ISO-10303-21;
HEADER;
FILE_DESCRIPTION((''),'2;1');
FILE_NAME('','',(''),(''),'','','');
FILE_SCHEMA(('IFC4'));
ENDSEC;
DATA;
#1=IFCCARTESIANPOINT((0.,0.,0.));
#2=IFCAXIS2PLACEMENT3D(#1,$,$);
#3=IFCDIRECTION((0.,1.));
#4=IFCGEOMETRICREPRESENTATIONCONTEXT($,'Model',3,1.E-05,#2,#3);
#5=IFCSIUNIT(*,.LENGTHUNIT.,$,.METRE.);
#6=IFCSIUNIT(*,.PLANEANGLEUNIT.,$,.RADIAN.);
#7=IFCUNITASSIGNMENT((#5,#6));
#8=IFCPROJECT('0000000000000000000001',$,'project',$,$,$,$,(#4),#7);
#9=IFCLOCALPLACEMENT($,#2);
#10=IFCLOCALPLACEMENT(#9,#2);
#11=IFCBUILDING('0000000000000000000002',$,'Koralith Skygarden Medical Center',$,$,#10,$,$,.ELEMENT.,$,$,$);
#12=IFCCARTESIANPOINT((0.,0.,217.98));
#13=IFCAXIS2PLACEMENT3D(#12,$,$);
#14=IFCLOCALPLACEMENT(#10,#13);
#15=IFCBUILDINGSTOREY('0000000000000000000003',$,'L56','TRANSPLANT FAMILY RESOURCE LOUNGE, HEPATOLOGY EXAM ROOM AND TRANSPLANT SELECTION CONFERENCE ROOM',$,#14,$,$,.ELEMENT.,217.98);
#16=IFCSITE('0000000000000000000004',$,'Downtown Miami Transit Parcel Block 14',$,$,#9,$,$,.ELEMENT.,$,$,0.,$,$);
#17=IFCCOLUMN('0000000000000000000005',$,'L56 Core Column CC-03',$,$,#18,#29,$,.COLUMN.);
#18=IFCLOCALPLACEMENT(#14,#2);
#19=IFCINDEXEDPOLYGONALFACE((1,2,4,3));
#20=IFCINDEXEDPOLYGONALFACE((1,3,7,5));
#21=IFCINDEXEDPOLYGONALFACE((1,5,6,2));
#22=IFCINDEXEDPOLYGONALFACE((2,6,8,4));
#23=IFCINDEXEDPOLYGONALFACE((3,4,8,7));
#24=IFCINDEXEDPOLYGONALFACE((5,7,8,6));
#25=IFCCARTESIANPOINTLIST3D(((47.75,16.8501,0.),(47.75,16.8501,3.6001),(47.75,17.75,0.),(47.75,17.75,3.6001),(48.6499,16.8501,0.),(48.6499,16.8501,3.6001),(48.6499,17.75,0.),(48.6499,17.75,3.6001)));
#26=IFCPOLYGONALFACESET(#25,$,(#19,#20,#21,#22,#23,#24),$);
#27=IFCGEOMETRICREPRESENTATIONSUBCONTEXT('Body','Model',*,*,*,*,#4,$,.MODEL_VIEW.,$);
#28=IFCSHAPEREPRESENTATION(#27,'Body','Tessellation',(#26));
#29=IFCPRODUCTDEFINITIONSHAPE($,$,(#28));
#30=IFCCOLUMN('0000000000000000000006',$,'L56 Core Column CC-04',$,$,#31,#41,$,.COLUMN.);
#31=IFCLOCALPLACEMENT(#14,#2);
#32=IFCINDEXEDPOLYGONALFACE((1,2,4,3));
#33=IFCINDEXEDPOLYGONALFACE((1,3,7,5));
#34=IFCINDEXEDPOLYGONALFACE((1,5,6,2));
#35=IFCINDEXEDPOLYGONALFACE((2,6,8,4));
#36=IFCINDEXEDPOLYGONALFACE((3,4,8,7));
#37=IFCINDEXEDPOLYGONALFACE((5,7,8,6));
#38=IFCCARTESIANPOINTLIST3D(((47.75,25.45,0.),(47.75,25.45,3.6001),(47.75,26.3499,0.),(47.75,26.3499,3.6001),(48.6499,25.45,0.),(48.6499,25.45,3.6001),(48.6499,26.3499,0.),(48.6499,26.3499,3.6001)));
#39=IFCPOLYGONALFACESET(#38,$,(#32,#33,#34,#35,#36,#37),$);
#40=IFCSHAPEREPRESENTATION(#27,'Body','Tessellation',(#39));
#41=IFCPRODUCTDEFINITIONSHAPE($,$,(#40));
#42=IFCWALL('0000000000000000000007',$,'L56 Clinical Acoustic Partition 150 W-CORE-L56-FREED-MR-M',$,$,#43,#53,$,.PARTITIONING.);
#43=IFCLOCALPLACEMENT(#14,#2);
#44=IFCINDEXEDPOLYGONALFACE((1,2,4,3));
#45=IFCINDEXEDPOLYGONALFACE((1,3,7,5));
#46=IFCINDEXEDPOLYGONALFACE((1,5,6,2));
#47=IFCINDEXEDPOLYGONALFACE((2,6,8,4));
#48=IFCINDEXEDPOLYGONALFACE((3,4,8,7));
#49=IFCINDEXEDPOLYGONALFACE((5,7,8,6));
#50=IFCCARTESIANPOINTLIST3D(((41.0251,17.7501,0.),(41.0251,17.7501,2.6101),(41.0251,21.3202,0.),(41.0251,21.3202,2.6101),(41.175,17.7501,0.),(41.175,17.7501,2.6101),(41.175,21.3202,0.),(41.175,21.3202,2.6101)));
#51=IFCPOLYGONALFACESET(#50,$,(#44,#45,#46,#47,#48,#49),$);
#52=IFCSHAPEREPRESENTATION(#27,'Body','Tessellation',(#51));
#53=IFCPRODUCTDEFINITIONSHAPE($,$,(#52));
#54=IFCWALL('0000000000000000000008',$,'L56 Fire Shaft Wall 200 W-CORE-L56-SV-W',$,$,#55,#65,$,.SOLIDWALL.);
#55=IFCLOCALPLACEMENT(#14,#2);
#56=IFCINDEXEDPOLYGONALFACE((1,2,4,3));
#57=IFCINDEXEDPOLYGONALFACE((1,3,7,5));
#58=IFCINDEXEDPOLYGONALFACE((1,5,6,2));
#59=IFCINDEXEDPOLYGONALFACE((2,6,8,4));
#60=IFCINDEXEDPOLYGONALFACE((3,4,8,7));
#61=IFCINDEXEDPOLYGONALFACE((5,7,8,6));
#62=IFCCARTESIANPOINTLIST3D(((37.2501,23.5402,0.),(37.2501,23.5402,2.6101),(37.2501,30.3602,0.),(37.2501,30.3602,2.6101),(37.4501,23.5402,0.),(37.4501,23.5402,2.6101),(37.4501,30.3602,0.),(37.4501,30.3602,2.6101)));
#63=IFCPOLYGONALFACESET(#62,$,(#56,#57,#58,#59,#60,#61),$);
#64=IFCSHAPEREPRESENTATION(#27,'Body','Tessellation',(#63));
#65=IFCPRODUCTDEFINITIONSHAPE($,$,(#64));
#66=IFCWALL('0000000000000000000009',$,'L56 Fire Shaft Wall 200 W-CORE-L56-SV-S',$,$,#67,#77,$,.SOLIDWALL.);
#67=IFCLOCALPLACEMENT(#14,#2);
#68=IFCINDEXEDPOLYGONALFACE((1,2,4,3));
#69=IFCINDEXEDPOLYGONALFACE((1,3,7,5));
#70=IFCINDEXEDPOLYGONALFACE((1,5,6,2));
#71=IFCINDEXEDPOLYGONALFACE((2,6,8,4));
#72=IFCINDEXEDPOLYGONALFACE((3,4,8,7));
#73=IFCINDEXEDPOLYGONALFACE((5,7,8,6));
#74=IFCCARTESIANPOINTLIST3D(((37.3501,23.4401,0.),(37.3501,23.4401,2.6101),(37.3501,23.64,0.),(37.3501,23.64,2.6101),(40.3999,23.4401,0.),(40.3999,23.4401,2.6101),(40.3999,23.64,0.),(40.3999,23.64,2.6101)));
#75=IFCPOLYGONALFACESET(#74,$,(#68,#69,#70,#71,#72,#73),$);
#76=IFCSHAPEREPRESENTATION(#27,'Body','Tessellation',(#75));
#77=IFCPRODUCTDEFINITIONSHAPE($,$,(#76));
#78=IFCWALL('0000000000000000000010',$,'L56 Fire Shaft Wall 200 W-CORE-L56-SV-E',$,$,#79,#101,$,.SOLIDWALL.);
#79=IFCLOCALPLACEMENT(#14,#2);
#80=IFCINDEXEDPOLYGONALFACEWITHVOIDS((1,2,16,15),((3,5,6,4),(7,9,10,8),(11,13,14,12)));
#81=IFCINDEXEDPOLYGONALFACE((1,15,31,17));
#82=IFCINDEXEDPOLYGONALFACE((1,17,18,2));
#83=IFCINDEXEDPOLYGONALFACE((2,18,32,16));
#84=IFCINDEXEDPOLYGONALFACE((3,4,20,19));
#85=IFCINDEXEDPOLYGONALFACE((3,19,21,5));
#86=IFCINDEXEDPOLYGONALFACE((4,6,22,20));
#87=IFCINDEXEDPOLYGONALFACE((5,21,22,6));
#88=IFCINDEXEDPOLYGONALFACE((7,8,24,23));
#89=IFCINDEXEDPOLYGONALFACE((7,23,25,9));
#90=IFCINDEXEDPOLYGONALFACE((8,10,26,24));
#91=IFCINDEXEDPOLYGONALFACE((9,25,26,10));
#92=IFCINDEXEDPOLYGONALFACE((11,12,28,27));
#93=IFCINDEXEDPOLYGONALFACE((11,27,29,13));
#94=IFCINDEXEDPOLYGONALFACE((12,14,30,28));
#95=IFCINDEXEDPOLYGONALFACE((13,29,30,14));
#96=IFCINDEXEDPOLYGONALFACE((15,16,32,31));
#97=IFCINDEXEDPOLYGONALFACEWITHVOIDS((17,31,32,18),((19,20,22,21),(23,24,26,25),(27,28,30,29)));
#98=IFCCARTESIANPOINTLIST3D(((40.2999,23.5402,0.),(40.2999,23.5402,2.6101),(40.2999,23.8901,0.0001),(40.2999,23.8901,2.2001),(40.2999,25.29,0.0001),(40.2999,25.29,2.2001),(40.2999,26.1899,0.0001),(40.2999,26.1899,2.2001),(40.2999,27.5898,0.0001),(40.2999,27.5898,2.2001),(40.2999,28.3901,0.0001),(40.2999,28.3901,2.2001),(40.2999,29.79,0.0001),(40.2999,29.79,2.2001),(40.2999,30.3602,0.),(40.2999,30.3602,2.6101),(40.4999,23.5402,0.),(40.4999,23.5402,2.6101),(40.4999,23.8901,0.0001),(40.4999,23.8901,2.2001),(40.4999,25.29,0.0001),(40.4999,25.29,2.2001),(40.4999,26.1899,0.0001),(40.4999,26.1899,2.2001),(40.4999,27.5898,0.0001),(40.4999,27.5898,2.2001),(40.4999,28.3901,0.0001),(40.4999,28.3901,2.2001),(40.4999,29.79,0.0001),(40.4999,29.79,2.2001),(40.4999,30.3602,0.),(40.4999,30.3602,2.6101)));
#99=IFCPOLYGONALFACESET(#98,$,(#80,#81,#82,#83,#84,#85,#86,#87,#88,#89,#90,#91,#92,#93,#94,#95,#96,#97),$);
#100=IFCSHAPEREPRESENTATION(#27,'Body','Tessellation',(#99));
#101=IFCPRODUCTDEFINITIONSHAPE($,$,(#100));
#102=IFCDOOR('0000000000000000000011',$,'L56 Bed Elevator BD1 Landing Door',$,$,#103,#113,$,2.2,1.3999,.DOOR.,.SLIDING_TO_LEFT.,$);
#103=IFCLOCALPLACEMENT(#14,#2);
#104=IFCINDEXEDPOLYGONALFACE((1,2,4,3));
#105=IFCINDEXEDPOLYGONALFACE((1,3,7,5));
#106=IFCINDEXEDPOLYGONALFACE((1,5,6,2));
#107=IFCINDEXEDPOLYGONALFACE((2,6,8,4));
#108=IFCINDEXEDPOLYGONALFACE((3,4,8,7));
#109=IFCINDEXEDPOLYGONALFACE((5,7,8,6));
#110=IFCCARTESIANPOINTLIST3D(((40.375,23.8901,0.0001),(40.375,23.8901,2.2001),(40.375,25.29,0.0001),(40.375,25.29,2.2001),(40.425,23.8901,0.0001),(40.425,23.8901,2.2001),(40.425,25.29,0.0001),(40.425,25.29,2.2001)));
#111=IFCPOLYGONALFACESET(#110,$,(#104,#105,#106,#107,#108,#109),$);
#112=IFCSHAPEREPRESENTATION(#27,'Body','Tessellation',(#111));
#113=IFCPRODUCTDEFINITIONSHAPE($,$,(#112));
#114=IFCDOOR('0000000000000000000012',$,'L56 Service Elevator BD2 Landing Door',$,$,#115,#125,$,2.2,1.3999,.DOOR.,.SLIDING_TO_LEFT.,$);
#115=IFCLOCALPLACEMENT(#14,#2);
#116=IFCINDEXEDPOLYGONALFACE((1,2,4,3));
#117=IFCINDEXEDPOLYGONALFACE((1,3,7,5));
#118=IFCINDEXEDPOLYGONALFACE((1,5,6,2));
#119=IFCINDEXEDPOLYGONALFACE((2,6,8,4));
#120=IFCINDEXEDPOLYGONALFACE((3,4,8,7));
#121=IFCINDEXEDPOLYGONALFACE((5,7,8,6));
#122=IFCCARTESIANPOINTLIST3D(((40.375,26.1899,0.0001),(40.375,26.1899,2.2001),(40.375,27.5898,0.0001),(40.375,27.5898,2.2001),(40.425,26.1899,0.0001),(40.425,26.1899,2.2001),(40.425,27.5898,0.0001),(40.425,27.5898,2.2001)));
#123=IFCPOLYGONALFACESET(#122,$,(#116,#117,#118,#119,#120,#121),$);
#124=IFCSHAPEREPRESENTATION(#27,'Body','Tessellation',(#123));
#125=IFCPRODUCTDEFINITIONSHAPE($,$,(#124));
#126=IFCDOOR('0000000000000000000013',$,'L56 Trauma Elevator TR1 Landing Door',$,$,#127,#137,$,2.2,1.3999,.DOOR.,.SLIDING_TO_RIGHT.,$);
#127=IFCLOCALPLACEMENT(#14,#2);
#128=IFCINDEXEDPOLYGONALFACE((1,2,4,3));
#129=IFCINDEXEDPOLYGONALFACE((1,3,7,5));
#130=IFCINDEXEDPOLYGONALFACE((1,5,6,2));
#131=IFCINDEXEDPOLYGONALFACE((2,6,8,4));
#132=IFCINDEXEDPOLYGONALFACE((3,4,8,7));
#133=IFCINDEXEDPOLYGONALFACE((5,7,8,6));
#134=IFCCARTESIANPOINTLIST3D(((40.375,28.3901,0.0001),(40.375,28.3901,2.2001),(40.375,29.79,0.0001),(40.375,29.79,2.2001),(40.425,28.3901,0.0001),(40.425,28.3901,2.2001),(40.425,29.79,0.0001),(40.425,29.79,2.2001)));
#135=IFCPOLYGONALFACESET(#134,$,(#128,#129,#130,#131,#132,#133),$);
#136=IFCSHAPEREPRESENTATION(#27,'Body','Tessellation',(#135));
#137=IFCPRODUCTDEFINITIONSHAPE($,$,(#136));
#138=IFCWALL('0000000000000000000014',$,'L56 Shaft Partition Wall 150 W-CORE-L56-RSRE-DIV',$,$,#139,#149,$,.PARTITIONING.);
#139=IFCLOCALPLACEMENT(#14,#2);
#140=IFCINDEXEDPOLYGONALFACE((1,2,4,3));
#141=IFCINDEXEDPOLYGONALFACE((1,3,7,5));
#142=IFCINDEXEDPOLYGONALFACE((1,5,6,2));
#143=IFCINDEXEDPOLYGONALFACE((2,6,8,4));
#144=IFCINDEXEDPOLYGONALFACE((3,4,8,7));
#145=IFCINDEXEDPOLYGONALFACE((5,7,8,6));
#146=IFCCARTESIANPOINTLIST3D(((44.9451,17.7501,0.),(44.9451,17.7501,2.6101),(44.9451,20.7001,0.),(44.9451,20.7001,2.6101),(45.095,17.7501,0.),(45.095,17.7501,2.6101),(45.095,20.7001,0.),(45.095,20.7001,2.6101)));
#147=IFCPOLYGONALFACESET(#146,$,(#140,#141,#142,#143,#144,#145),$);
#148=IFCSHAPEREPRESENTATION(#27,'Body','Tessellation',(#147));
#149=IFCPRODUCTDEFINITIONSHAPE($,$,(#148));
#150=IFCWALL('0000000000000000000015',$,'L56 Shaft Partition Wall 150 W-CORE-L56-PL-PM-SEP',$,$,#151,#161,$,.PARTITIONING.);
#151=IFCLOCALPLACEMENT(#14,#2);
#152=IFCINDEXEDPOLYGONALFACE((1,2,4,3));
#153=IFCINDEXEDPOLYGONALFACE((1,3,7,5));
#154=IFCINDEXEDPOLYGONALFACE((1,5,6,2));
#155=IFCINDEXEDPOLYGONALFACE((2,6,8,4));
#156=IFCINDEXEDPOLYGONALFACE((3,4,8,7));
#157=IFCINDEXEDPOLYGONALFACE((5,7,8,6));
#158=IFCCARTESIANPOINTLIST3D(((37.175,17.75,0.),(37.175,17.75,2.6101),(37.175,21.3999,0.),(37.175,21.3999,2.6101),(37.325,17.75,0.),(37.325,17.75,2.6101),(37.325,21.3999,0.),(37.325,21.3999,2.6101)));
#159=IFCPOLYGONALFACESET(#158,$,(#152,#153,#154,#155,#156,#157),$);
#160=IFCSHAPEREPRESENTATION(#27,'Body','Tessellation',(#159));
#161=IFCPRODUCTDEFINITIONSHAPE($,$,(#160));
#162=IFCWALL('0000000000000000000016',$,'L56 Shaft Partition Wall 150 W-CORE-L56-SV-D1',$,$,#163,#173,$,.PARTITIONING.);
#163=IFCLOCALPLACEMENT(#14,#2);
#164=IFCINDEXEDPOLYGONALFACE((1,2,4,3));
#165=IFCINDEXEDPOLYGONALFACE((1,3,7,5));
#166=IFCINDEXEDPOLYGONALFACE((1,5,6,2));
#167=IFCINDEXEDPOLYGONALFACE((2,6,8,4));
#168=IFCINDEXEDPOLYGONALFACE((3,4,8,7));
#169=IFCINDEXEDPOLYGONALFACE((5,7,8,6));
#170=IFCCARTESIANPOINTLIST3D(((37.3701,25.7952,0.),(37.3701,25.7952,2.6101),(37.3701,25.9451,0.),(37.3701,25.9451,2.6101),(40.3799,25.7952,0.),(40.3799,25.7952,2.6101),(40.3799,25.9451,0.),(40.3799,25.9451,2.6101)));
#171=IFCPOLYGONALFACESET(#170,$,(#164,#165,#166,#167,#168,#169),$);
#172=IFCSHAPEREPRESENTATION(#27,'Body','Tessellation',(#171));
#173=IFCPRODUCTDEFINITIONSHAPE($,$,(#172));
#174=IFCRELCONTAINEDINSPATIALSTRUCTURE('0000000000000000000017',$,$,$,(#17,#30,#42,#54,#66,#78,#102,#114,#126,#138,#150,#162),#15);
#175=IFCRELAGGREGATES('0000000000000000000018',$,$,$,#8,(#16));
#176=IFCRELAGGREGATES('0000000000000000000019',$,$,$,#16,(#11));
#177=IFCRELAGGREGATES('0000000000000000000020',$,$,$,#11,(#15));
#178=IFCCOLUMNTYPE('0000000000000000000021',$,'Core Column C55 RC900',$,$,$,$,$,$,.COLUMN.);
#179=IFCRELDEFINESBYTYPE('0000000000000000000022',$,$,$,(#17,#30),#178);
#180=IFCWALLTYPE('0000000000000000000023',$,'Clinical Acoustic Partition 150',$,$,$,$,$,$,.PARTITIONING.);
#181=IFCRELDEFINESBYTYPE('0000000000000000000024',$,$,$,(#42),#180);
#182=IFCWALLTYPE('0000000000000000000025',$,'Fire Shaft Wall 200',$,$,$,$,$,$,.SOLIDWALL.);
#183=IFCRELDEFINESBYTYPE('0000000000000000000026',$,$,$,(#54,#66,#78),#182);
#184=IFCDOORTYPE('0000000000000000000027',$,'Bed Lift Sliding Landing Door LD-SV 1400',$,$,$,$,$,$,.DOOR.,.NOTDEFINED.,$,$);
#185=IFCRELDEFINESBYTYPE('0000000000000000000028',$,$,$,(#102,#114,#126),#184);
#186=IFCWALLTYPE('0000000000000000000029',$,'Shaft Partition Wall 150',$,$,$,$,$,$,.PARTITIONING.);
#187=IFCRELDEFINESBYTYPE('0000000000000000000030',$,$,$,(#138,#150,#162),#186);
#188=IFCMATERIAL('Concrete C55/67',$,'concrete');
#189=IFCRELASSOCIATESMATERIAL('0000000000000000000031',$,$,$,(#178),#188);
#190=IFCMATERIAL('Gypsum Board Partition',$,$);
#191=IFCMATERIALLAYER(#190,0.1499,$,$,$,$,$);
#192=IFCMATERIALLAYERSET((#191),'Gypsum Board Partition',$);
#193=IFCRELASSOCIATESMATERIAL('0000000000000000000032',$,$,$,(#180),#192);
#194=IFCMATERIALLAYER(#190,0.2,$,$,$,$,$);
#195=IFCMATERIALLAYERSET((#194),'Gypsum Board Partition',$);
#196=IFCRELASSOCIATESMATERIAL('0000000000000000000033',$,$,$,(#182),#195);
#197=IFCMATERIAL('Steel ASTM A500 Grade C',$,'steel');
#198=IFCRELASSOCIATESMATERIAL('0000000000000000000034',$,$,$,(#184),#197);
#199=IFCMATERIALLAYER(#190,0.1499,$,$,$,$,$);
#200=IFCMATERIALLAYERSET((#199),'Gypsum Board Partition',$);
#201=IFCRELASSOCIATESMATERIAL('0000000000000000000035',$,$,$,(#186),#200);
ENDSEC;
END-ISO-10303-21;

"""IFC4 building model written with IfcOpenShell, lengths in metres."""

from ifc_helpers import new_model, si_unit, direction, frame, frame_2d, origin, origin_2d, place, context, subcontext, project, spatial, rectangle, extrude, material, layer, layer_set, material_profile, profile_set, type_object, element, fill, save


model = new_model("IFC4")

# Units and contexts
model_context = context("Model", 3, precision=1e-05, world=origin(), true_north=direction((0.0, 1.0)))
body_context = subcontext(model_context, "Body", "Model", "MODEL_VIEW")
ifc_project = project(units=[si_unit("LENGTHUNIT", "METRE"), si_unit("PLANEANGLEUNIT", "RADIAN")], contexts=[model_context])

# Site, building, storey
site_placement = place(None, origin())
site = spatial("IfcSite", under=ifc_project, at=site_placement, Name="Downtown Miami Transit Parcel Block 14", CompositionType="ELEMENT", RefElevation=0.0)
building_placement = place(site_placement, origin())
building = spatial("IfcBuilding", under=site, at=building_placement, Name="Koralith Skygarden Medical Center", CompositionType="ELEMENT")
storey_placement = place(building_placement, frame((0.0, 0.0, 217.98)))
storey = spatial("IfcBuildingStorey", under=building, at=storey_placement, Name="L56", Description="TRANSPLANT FAMILY RESOURCE LOUNGE, HEPATOLOGY EXAM ROOM AND TRANSPLANT SELECTION CONFERENCE ROOM", CompositionType="ELEMENT", Elevation=217.98)

# Columns
ifc_material_1 = material(Name="Concrete C55/67", Category="concrete")
ifc_material_profile = material_profile(ifc_material_1, rectangle(XDim=0.8999, YDim=0.8999, at=origin_2d()), Name="RC900X900")
ifc_profile_set = profile_set([ifc_material_profile], Name="Concrete C55/67")
column_type = type_object("IfcColumnType", Name="Core Column C55 RC900", PredefinedType="COLUMN", material=ifc_profile_set)
for number, where, z_axis, x_axis, name in (
    (1, (48.2, 17.3, 0.0), (0.0, 0.0, 1.0), (1.0, 0.0, 0.0), "L56 Core Column CC-03"),
    (2, (48.2, 25.8999, 0.0), (0.0, 0.0, 1.0), (1.0, 0.0, 0.0), "L56 Core Column CC-04"),
):
    element("IfcColumn", number, at=place(storey_placement, frame(where, z_axis=z_axis, x_axis=x_axis)), inside=storey, type_object=column_type, Name=name, PredefinedType="COLUMN", context=body_context, shape_type="SweptSolid", body=[
        extrude(rectangle(XDim=0.8999, YDim=0.8999, at=origin_2d()), origin(), (0.0, 0.0, 1.0), 3.6001),
    ])

# Shared definitions
ifc_material_2 = material(Name="Gypsum Board Partition")
ifc_layer_1 = layer(ifc_material_2, 0.1499)
ifc_layer_set_1 = layer_set([ifc_layer_1], Name="Gypsum Board Partition")
wall_type_1 = type_object("IfcWallType", Name="Clinical Acoustic Partition 150", PredefinedType="PARTITIONING", material=ifc_layer_set_1)

# Wall
wall_1_placement = place(storey_placement, frame((41.1001, 17.75, 0.0), z_axis=(0.0, 0.0, 1.0), x_axis=(0.0, 1.0, 0.0)))
element("IfcWall", 3, at=wall_1_placement, inside=storey, type_object=wall_type_1, Name="L56 Clinical Acoustic Partition 150 W-CORE-L56-FREED-MR-M", PredefinedType="PARTITIONING", context=body_context, shape_type="SweptSolid", body=[
    extrude(rectangle(XDim=3.5701, YDim=0.1499, at=frame_2d((1.7852, 0.0))), origin(), (0.0, 0.0, 1.0), 2.6101),
])

# Shared definitions
ifc_layer_2 = layer(ifc_material_2, 0.2)
ifc_layer_set_2 = layer_set([ifc_layer_2], Name="Gypsum Board Partition")
wall_type_2 = type_object("IfcWallType", Name="Fire Shaft Wall 200", PredefinedType="SOLIDWALL", material=ifc_layer_set_2)
ifc_material_3 = material(Name="Steel ASTM A500 Grade C", Category="steel")

# Walls
wall_2_placement = place(storey_placement, frame((37.3501, 23.54, 0.0), z_axis=(0.0, 0.0, 1.0), x_axis=(0.0, 1.0, 0.0)))
element("IfcWall", 4, at=wall_2_placement, inside=storey, type_object=wall_type_2, Name="L56 Fire Shaft Wall 200 W-CORE-L56-SV-W", PredefinedType="SOLIDWALL", context=body_context, shape_type="SweptSolid", body=[
    extrude(rectangle(XDim=6.8201, YDim=0.2, at=frame_2d((3.4102, 0.0))), origin(), (0.0, 0.0, 1.0), 2.6101),
])
wall_3_placement = place(storey_placement, frame((37.3501, 23.54, 0.0), z_axis=(0.0, 0.0, 1.0), x_axis=(1.0, 0.0, 0.0)))
element("IfcWall", 5, at=wall_3_placement, inside=storey, type_object=wall_type_2, Name="L56 Fire Shaft Wall 200 W-CORE-L56-SV-S", PredefinedType="SOLIDWALL", context=body_context, shape_type="SweptSolid", body=[
    extrude(rectangle(XDim=3.0498, YDim=0.2, at=frame_2d((1.5249, 0.0))), origin(), (0.0, 0.0, 1.0), 2.6101),
])

# Wall, openings, doors
wall_4_placement = place(storey_placement, frame((40.3999, 23.54, 0.0), z_axis=(0.0, 0.0, 1.0), x_axis=(0.0, 1.0, 0.0)))
wall_4 = element("IfcWall", 6, at=wall_4_placement, inside=storey, type_object=wall_type_2, Name="L56 Fire Shaft Wall 200 W-CORE-L56-SV-E", PredefinedType="SOLIDWALL", context=body_context, shape_type="SweptSolid", body=[
    extrude(rectangle(XDim=6.8201, YDim=0.2, at=frame_2d((3.4102, 0.0))), origin(), (0.0, 0.0, 1.0), 2.6101),
])
opening_1_placement = place(wall_4_placement, frame((0.3501, 0.0, 0.0)))
opening_1 = element("IfcOpeningElement", 7, at=opening_1_placement, cuts=wall_4, PredefinedType="OPENING", context=body_context, shape_type="SweptSolid", body=[
    extrude(rectangle(XDim=1.3999, YDim=2.2, at=frame_2d((0.7, 1.1001))), frame((0.0, 0.1099, 0.0), z_axis=(0.0, -1.0, 0.0), x_axis=(1.0, 0.0, 0.0)), (0.0, 0.0, 1.0), 0.22),
])
opening_2_placement = place(wall_4_placement, frame((2.6499, 0.0, 0.0)))
opening_2 = element("IfcOpeningElement", 8, at=opening_2_placement, cuts=wall_4, PredefinedType="OPENING", context=body_context, shape_type="SweptSolid", body=[
    extrude(rectangle(XDim=1.3999, YDim=2.2, at=frame_2d((0.7, 1.1001))), frame((0.0, 0.1099, 0.0), z_axis=(0.0, -1.0, 0.0), x_axis=(1.0, 0.0, 0.0)), (0.0, 0.0, 1.0), 0.22),
])
opening_3_placement = place(wall_4_placement, frame((4.8501, 0.0, 0.0)))
opening_3 = element("IfcOpeningElement", 9, at=opening_3_placement, cuts=wall_4, PredefinedType="OPENING", context=body_context, shape_type="SweptSolid", body=[
    extrude(rectangle(XDim=1.3999, YDim=2.2, at=frame_2d((0.7, 1.1001))), frame((0.0, 0.1099, 0.0), z_axis=(0.0, -1.0, 0.0), x_axis=(1.0, 0.0, 0.0)), (0.0, 0.0, 1.0), 0.22),
])
door_type_1 = type_object("IfcDoorType", Name="Bed Lift Sliding Landing Door LD-SV 1400", OperationType="NOTDEFINED", PredefinedType="DOOR", material=ifc_material_3)
door_1_placement = place(opening_1_placement, origin())
door_1 = element("IfcDoor", 10, at=door_1_placement, inside=storey, type_object=door_type_1, Name="L56 Bed Elevator BD1 Landing Door", OperationType="SLIDING_TO_LEFT", OverallHeight=2.2, OverallWidth=1.3999, PredefinedType="DOOR", context=body_context, shape_type="SweptSolid", body=[
    extrude(rectangle(XDim=1.3999, YDim=2.2, at=frame_2d((0.7, 1.1001))), frame((0.0, 0.0249, 0.0), z_axis=(0.0, -1.0, 0.0), x_axis=(1.0, 0.0, 0.0)), (0.0, 0.0, 1.0), 0.05),
])
fill(opening_1, door_1)
door_2_placement = place(opening_2_placement, origin())
door_2 = element("IfcDoor", 11, at=door_2_placement, inside=storey, type_object=door_type_1, Name="L56 Service Elevator BD2 Landing Door", OperationType="SLIDING_TO_LEFT", OverallHeight=2.2, OverallWidth=1.3999, PredefinedType="DOOR", context=body_context, shape_type="SweptSolid", body=[
    extrude(rectangle(XDim=1.3999, YDim=2.2, at=frame_2d((0.7, 1.1001))), frame((0.0, 0.0249, 0.0), z_axis=(0.0, -1.0, 0.0), x_axis=(1.0, 0.0, 0.0)), (0.0, 0.0, 1.0), 0.05),
])
fill(opening_2, door_2)
door_3_placement = place(opening_3_placement, origin())
door_3 = element("IfcDoor", 12, at=door_3_placement, inside=storey, type_object=door_type_1, Name="L56 Trauma Elevator TR1 Landing Door", OperationType="SLIDING_TO_RIGHT", OverallHeight=2.2, OverallWidth=1.3999, PredefinedType="DOOR", context=body_context, shape_type="SweptSolid", body=[
    extrude(rectangle(XDim=1.3999, YDim=2.2, at=frame_2d((0.7, 1.1001))), frame((0.0, 0.0249, 0.0), z_axis=(0.0, -1.0, 0.0), x_axis=(1.0, 0.0, 0.0)), (0.0, 0.0, 1.0), 0.05),
])
fill(opening_3, door_3)

# Walls
ifc_layer_3 = layer(ifc_material_2, 0.1499)
ifc_layer_set_3 = layer_set([ifc_layer_3], Name="Gypsum Board Partition")
wall_type_3 = type_object("IfcWallType", Name="Shaft Partition Wall 150", PredefinedType="PARTITIONING", material=ifc_layer_set_3)
wall_5_placement = place(storey_placement, frame((45.02, 17.75, 0.0), z_axis=(0.0, 0.0, 1.0), x_axis=(0.0, 1.0, 0.0)))
element("IfcWall", 13, at=wall_5_placement, inside=storey, type_object=wall_type_3, Name="L56 Shaft Partition Wall 150 W-CORE-L56-RSRE-DIV", PredefinedType="PARTITIONING", context=body_context, shape_type="SweptSolid", body=[
    extrude(rectangle(XDim=2.95, YDim=0.1499, at=frame_2d((1.4751, 0.0))), origin(), (0.0, 0.0, 1.0), 2.6101),
])
wall_6_placement = place(storey_placement, frame((37.25, 17.75, 0.0), z_axis=(0.0, 0.0, 1.0), x_axis=(0.0, 1.0, 0.0)))
element("IfcWall", 14, at=wall_6_placement, inside=storey, type_object=wall_type_3, Name="L56 Shaft Partition Wall 150 W-CORE-L56-PL-PM-SEP", PredefinedType="PARTITIONING", context=body_context, shape_type="SweptSolid", body=[
    extrude(rectangle(XDim=3.6499, YDim=0.1499, at=frame_2d((1.825, 0.0))), origin(), (0.0, 0.0, 1.0), 2.6101),
])
wall_7_placement = place(storey_placement, frame((37.3701, 25.8701, 0.0), z_axis=(0.0, 0.0, 1.0), x_axis=(1.0, 0.0, 0.0)))
element("IfcWall", 15, at=wall_7_placement, inside=storey, type_object=wall_type_3, Name="L56 Shaft Partition Wall 150 W-CORE-L56-SV-D1", PredefinedType="PARTITIONING", context=body_context, shape_type="SweptSolid", body=[
    extrude(rectangle(XDim=3.0098, YDim=0.1499, at=frame_2d((1.5049, 0.0))), origin(), (0.0, 0.0, 1.0), 2.6101),
])

save(model, "model.ifc")
